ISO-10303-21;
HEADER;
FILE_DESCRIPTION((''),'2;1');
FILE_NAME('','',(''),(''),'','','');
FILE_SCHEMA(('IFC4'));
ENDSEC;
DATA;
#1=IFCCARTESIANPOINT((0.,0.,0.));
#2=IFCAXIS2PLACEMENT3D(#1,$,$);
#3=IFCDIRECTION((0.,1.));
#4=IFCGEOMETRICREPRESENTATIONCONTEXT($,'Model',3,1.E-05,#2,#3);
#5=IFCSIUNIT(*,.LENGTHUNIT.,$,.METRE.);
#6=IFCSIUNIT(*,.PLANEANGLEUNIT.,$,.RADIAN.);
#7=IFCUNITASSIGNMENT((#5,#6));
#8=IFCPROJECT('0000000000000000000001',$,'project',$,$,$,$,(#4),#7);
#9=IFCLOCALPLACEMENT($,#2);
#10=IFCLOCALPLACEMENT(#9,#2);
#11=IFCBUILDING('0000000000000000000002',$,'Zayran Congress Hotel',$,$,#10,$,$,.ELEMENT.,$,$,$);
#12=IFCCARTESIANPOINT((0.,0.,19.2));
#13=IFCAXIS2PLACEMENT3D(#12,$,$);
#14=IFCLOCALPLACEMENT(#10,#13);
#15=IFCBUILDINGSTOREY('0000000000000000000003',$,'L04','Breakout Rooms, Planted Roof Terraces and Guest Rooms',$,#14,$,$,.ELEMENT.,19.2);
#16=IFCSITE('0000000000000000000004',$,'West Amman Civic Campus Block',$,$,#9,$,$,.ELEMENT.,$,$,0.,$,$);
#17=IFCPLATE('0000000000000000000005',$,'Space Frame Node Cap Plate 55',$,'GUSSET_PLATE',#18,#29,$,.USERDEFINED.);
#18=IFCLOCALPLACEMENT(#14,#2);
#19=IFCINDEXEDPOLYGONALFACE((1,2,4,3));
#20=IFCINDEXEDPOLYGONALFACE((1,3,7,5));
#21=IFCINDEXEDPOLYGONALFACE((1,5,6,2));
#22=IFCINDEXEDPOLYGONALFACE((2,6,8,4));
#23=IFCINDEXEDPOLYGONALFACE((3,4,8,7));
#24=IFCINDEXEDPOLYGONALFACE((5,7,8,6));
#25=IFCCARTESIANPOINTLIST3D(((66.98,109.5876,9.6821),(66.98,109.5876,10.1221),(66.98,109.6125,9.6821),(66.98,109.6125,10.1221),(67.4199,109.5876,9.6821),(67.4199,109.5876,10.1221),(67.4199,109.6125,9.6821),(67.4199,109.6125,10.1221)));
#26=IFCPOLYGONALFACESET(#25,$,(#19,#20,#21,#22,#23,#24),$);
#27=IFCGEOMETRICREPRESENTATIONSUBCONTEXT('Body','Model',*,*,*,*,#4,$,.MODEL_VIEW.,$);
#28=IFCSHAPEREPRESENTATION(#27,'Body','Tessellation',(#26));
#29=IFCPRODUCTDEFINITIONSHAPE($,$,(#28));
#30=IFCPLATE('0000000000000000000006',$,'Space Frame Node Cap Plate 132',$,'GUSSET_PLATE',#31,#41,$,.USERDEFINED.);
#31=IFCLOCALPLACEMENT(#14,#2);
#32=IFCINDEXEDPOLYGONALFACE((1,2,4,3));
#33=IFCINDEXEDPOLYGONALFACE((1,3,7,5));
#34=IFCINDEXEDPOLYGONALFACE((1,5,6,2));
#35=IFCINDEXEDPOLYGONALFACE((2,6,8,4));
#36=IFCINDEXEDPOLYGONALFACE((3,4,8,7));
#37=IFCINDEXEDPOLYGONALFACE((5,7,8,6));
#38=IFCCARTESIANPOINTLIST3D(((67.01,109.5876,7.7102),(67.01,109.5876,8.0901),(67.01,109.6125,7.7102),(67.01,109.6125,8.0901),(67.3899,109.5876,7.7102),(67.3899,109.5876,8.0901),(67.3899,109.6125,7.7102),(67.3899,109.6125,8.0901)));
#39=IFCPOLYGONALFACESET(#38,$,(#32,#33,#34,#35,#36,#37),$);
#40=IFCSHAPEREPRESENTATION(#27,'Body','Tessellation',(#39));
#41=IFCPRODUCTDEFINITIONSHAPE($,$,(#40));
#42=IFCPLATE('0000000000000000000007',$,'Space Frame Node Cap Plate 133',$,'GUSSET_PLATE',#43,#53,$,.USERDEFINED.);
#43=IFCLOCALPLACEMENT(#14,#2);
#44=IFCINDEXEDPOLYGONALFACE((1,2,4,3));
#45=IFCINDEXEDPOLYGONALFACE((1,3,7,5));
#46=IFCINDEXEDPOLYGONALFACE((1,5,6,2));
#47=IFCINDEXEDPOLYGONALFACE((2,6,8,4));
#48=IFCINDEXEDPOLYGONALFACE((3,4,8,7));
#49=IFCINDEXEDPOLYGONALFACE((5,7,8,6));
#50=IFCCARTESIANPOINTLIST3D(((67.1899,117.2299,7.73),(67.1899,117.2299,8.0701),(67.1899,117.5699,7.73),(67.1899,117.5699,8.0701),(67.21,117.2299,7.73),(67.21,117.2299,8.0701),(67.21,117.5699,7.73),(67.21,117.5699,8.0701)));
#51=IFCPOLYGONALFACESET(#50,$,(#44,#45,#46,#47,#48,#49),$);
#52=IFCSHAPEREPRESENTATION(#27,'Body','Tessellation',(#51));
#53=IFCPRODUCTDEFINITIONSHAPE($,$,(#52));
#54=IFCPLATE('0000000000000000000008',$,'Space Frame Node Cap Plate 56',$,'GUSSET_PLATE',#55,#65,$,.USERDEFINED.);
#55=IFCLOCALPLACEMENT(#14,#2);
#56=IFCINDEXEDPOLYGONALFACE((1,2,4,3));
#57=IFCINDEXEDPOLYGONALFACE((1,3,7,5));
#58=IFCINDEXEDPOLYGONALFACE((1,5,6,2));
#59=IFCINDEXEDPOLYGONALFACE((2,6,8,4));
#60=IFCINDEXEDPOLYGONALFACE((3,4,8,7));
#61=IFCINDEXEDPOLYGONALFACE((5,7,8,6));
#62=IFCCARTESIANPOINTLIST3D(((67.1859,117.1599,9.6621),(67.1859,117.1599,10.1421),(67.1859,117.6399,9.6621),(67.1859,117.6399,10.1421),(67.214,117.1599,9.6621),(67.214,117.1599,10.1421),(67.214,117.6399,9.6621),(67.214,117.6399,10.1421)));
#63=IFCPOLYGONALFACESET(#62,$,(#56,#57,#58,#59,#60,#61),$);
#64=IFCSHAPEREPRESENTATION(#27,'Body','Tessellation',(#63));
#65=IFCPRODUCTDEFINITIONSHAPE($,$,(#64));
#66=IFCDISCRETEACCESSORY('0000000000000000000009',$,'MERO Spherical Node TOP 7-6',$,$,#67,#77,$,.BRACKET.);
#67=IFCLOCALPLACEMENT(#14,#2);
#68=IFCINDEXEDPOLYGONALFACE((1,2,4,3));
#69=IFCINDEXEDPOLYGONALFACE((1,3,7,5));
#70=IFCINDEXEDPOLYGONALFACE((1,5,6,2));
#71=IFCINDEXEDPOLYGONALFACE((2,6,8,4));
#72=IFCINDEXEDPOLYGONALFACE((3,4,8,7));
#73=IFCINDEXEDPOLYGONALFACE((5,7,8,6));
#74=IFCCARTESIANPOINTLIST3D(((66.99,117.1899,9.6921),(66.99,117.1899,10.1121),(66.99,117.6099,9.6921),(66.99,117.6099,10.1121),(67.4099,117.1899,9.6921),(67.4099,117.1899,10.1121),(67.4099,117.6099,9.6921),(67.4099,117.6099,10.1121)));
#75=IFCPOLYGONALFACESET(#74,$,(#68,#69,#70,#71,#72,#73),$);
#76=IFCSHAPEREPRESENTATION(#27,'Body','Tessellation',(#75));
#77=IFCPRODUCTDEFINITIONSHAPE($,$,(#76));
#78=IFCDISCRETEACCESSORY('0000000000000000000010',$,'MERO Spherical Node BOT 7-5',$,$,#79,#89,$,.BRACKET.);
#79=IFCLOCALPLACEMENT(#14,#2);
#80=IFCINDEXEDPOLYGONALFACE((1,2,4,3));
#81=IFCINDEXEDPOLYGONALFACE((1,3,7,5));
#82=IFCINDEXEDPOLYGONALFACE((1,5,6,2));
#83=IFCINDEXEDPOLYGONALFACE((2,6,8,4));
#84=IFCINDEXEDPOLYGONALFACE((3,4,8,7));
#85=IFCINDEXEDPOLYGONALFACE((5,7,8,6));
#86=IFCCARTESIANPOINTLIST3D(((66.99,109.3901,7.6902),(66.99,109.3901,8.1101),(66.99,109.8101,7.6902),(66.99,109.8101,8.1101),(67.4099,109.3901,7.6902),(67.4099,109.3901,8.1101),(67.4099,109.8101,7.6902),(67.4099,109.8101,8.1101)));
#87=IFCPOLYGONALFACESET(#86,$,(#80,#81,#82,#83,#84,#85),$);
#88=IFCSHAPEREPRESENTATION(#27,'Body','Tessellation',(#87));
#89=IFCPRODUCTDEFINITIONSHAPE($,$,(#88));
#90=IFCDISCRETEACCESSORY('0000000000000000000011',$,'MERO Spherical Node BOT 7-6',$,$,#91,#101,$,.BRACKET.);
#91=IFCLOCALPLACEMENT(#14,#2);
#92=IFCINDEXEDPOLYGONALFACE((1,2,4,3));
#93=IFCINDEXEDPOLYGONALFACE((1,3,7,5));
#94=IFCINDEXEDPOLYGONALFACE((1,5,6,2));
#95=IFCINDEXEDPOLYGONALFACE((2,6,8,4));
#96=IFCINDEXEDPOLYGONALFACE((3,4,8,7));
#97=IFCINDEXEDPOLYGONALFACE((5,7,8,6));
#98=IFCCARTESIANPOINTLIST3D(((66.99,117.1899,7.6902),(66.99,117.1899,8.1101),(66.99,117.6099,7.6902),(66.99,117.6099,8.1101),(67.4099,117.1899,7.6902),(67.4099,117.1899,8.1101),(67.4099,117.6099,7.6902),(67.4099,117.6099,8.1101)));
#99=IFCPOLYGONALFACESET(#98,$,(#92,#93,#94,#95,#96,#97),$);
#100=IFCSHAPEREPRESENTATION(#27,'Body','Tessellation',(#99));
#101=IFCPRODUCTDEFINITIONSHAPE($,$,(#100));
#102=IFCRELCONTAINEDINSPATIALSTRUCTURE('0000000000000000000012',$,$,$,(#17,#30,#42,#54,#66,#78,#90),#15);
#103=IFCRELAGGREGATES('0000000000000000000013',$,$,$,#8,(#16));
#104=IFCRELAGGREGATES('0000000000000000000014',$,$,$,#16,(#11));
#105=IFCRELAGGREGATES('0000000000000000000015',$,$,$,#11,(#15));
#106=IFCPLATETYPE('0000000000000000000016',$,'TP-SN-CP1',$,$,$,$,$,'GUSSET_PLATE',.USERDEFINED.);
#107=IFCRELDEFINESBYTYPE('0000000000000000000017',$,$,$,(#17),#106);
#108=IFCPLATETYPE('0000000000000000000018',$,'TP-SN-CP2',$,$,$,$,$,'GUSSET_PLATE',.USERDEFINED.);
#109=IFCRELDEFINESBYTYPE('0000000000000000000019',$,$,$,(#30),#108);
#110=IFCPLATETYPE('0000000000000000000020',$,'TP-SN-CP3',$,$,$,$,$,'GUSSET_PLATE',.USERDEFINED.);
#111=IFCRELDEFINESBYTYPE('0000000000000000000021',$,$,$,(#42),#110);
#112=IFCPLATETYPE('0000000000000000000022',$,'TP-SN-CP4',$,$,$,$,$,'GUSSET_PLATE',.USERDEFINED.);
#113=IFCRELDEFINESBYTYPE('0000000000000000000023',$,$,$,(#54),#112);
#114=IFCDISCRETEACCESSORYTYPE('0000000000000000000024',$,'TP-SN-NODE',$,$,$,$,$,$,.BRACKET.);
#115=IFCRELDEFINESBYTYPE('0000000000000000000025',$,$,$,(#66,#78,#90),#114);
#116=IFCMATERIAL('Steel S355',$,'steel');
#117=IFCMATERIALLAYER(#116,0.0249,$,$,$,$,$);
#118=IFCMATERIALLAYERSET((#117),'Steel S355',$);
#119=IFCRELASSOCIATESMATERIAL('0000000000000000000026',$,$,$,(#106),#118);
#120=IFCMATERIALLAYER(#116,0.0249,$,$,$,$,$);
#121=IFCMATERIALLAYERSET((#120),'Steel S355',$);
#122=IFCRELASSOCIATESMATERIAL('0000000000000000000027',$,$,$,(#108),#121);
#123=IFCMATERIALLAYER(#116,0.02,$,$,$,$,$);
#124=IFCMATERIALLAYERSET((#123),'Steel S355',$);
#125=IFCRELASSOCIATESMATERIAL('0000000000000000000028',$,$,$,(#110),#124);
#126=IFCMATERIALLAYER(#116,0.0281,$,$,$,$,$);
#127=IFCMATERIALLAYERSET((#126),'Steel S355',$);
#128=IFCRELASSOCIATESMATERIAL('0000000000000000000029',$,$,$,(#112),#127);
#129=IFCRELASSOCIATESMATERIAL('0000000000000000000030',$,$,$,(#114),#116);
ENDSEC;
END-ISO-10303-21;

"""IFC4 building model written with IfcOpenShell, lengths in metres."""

from ifc_helpers import new_model, si_unit, direction, frame, origin, origin_2d, place, context, subcontext, project, spatial, rectangle, extrude, material, layer, layer_set, type_object, element, save


model = new_model("IFC4")

# Units and contexts
model_context = context("Model", 3, precision=1e-05, world=origin(), true_north=direction((0.0, 1.0)))
body_context = subcontext(model_context, "Body", "Model", "MODEL_VIEW")
ifc_project = project(units=[si_unit("LENGTHUNIT", "METRE"), si_unit("PLANEANGLEUNIT", "RADIAN")], contexts=[model_context])

# Site, building, storey
site_placement = place(None, origin())
site = spatial("IfcSite", under=ifc_project, at=site_placement, Name="West Amman Civic Campus Block", CompositionType="ELEMENT", RefElevation=0.0)
building_placement = place(site_placement, origin())
building = spatial("IfcBuilding", under=site, at=building_placement, Name="Zayran Congress Hotel", CompositionType="ELEMENT")
storey_placement = place(building_placement, frame((0.0, 0.0, 19.2)))
storey = spatial("IfcBuildingStorey", under=building, at=storey_placement, Name="L04", Description="Breakout Rooms, Planted Roof Terraces and Guest Rooms", CompositionType="ELEMENT", Elevation=19.2)

# Shared definitions
ifc_material = material(Name="Steel S355", Category="steel")

# Plates
ifc_layer_1 = layer(ifc_material, 0.0249)
ifc_layer_set_1 = layer_set([ifc_layer_1], Name="Steel S355")
plate_type_1 = type_object("IfcPlateType", Name="TP-SN-CP1", ElementType="GUSSET_PLATE", PredefinedType="USERDEFINED", material=ifc_layer_set_1)
plate_1_placement = place(storey_placement, frame((67.2, 109.6001, 9.6821), z_axis=(0.0, 0.0, 1.0), x_axis=(1.0, 0.0, 0.0)))
element("IfcPlate", 1, at=plate_1_placement, inside=storey, type_object=plate_type_1, Name="Space Frame Node Cap Plate 55", ObjectType="GUSSET_PLATE", PredefinedType="USERDEFINED", context=body_context, shape_type="SweptSolid", body=[
    extrude(rectangle(XDim=0.4399, YDim=0.0249, at=origin_2d()), origin(), (0.0, 0.0, 1.0), 0.4399),
])
ifc_layer_2 = layer(ifc_material, 0.0249)
ifc_layer_set_2 = layer_set([ifc_layer_2], Name="Steel S355")
plate_type_2 = type_object("IfcPlateType", Name="TP-SN-CP2", ElementType="GUSSET_PLATE", PredefinedType="USERDEFINED", material=ifc_layer_set_2)
plate_2_placement = place(storey_placement, frame((67.2, 109.6001, 7.7102), z_axis=(0.0, 0.0, 1.0), x_axis=(1.0, 0.0, 0.0)))
element("IfcPlate", 2, at=plate_2_placement, inside=storey, type_object=plate_type_2, Name="Space Frame Node Cap Plate 132", ObjectType="GUSSET_PLATE", PredefinedType="USERDEFINED", context=body_context, shape_type="SweptSolid", body=[
    extrude(rectangle(XDim=0.3799, YDim=0.0249, at=origin_2d()), origin(), (0.0, 0.0, 1.0), 0.3799),
])
ifc_layer_3 = layer(ifc_material, 0.02)
ifc_layer_set_3 = layer_set([ifc_layer_3], Name="Steel S355")
plate_type_3 = type_object("IfcPlateType", Name="TP-SN-CP3", ElementType="GUSSET_PLATE", PredefinedType="USERDEFINED", material=ifc_layer_set_3)
plate_3_placement = place(storey_placement, frame((67.2, 117.3999, 7.73), z_axis=(0.0, 0.0, 1.0), x_axis=(0.0, 1.0, 0.0)))
element("IfcPlate", 3, at=plate_3_placement, inside=storey, type_object=plate_type_3, Name="Space Frame Node Cap Plate 133", ObjectType="GUSSET_PLATE", PredefinedType="USERDEFINED", context=body_context, shape_type="SweptSolid", body=[
    extrude(rectangle(XDim=0.3401, YDim=0.02, at=origin_2d()), origin(), (0.0, 0.0, 1.0), 0.3401),
])
ifc_layer_4 = layer(ifc_material, 0.0281)
ifc_layer_set_4 = layer_set([ifc_layer_4], Name="Steel S355")
plate_type_4 = type_object("IfcPlateType", Name="TP-SN-CP4", ElementType="GUSSET_PLATE", PredefinedType="USERDEFINED", material=ifc_layer_set_4)
plate_4_placement = place(storey_placement, frame((67.2, 117.3999, 9.6621), z_axis=(0.0, 0.0, 1.0), x_axis=(0.0, 1.0, 0.0)))
element("IfcPlate", 4, at=plate_4_placement, inside=storey, type_object=plate_type_4, Name="Space Frame Node Cap Plate 56", ObjectType="GUSSET_PLATE", PredefinedType="USERDEFINED", context=body_context, shape_type="SweptSolid", body=[
    extrude(rectangle(XDim=0.48, YDim=0.0281, at=origin_2d()), origin(), (0.0, 0.0, 1.0), 0.48),
])

# Discrete accessories
discrete_accessory_type = type_object("IfcDiscreteAccessoryType", Name="TP-SN-NODE", PredefinedType="BRACKET", material=ifc_material)
for number, where, z_axis, x_axis, name in (
    (5, (67.2, 117.3999, 9.6921), (0.0, 0.0, 1.0), (1.0, 0.0, 0.0), "MERO Spherical Node TOP 7-6"),
    (6, (67.2, 109.6001, 7.6902), (0.0, 0.0, 1.0), (1.0, 0.0, 0.0), "MERO Spherical Node BOT 7-5"),
    (7, (67.2, 117.3999, 7.6902), (0.0, 0.0, 1.0), (1.0, 0.0, 0.0), "MERO Spherical Node BOT 7-6"),
):
    element("IfcDiscreteAccessory", number, at=place(storey_placement, frame(where, z_axis=z_axis, x_axis=x_axis)), inside=storey, type_object=discrete_accessory_type, Name=name, PredefinedType="BRACKET", context=body_context, shape_type="SweptSolid", body=[
        extrude(rectangle(XDim=0.4199, YDim=0.4199, at=origin_2d()), origin(), (0.0, 0.0, 1.0), 0.4199),
    ])

save(model, "model.ifc")
